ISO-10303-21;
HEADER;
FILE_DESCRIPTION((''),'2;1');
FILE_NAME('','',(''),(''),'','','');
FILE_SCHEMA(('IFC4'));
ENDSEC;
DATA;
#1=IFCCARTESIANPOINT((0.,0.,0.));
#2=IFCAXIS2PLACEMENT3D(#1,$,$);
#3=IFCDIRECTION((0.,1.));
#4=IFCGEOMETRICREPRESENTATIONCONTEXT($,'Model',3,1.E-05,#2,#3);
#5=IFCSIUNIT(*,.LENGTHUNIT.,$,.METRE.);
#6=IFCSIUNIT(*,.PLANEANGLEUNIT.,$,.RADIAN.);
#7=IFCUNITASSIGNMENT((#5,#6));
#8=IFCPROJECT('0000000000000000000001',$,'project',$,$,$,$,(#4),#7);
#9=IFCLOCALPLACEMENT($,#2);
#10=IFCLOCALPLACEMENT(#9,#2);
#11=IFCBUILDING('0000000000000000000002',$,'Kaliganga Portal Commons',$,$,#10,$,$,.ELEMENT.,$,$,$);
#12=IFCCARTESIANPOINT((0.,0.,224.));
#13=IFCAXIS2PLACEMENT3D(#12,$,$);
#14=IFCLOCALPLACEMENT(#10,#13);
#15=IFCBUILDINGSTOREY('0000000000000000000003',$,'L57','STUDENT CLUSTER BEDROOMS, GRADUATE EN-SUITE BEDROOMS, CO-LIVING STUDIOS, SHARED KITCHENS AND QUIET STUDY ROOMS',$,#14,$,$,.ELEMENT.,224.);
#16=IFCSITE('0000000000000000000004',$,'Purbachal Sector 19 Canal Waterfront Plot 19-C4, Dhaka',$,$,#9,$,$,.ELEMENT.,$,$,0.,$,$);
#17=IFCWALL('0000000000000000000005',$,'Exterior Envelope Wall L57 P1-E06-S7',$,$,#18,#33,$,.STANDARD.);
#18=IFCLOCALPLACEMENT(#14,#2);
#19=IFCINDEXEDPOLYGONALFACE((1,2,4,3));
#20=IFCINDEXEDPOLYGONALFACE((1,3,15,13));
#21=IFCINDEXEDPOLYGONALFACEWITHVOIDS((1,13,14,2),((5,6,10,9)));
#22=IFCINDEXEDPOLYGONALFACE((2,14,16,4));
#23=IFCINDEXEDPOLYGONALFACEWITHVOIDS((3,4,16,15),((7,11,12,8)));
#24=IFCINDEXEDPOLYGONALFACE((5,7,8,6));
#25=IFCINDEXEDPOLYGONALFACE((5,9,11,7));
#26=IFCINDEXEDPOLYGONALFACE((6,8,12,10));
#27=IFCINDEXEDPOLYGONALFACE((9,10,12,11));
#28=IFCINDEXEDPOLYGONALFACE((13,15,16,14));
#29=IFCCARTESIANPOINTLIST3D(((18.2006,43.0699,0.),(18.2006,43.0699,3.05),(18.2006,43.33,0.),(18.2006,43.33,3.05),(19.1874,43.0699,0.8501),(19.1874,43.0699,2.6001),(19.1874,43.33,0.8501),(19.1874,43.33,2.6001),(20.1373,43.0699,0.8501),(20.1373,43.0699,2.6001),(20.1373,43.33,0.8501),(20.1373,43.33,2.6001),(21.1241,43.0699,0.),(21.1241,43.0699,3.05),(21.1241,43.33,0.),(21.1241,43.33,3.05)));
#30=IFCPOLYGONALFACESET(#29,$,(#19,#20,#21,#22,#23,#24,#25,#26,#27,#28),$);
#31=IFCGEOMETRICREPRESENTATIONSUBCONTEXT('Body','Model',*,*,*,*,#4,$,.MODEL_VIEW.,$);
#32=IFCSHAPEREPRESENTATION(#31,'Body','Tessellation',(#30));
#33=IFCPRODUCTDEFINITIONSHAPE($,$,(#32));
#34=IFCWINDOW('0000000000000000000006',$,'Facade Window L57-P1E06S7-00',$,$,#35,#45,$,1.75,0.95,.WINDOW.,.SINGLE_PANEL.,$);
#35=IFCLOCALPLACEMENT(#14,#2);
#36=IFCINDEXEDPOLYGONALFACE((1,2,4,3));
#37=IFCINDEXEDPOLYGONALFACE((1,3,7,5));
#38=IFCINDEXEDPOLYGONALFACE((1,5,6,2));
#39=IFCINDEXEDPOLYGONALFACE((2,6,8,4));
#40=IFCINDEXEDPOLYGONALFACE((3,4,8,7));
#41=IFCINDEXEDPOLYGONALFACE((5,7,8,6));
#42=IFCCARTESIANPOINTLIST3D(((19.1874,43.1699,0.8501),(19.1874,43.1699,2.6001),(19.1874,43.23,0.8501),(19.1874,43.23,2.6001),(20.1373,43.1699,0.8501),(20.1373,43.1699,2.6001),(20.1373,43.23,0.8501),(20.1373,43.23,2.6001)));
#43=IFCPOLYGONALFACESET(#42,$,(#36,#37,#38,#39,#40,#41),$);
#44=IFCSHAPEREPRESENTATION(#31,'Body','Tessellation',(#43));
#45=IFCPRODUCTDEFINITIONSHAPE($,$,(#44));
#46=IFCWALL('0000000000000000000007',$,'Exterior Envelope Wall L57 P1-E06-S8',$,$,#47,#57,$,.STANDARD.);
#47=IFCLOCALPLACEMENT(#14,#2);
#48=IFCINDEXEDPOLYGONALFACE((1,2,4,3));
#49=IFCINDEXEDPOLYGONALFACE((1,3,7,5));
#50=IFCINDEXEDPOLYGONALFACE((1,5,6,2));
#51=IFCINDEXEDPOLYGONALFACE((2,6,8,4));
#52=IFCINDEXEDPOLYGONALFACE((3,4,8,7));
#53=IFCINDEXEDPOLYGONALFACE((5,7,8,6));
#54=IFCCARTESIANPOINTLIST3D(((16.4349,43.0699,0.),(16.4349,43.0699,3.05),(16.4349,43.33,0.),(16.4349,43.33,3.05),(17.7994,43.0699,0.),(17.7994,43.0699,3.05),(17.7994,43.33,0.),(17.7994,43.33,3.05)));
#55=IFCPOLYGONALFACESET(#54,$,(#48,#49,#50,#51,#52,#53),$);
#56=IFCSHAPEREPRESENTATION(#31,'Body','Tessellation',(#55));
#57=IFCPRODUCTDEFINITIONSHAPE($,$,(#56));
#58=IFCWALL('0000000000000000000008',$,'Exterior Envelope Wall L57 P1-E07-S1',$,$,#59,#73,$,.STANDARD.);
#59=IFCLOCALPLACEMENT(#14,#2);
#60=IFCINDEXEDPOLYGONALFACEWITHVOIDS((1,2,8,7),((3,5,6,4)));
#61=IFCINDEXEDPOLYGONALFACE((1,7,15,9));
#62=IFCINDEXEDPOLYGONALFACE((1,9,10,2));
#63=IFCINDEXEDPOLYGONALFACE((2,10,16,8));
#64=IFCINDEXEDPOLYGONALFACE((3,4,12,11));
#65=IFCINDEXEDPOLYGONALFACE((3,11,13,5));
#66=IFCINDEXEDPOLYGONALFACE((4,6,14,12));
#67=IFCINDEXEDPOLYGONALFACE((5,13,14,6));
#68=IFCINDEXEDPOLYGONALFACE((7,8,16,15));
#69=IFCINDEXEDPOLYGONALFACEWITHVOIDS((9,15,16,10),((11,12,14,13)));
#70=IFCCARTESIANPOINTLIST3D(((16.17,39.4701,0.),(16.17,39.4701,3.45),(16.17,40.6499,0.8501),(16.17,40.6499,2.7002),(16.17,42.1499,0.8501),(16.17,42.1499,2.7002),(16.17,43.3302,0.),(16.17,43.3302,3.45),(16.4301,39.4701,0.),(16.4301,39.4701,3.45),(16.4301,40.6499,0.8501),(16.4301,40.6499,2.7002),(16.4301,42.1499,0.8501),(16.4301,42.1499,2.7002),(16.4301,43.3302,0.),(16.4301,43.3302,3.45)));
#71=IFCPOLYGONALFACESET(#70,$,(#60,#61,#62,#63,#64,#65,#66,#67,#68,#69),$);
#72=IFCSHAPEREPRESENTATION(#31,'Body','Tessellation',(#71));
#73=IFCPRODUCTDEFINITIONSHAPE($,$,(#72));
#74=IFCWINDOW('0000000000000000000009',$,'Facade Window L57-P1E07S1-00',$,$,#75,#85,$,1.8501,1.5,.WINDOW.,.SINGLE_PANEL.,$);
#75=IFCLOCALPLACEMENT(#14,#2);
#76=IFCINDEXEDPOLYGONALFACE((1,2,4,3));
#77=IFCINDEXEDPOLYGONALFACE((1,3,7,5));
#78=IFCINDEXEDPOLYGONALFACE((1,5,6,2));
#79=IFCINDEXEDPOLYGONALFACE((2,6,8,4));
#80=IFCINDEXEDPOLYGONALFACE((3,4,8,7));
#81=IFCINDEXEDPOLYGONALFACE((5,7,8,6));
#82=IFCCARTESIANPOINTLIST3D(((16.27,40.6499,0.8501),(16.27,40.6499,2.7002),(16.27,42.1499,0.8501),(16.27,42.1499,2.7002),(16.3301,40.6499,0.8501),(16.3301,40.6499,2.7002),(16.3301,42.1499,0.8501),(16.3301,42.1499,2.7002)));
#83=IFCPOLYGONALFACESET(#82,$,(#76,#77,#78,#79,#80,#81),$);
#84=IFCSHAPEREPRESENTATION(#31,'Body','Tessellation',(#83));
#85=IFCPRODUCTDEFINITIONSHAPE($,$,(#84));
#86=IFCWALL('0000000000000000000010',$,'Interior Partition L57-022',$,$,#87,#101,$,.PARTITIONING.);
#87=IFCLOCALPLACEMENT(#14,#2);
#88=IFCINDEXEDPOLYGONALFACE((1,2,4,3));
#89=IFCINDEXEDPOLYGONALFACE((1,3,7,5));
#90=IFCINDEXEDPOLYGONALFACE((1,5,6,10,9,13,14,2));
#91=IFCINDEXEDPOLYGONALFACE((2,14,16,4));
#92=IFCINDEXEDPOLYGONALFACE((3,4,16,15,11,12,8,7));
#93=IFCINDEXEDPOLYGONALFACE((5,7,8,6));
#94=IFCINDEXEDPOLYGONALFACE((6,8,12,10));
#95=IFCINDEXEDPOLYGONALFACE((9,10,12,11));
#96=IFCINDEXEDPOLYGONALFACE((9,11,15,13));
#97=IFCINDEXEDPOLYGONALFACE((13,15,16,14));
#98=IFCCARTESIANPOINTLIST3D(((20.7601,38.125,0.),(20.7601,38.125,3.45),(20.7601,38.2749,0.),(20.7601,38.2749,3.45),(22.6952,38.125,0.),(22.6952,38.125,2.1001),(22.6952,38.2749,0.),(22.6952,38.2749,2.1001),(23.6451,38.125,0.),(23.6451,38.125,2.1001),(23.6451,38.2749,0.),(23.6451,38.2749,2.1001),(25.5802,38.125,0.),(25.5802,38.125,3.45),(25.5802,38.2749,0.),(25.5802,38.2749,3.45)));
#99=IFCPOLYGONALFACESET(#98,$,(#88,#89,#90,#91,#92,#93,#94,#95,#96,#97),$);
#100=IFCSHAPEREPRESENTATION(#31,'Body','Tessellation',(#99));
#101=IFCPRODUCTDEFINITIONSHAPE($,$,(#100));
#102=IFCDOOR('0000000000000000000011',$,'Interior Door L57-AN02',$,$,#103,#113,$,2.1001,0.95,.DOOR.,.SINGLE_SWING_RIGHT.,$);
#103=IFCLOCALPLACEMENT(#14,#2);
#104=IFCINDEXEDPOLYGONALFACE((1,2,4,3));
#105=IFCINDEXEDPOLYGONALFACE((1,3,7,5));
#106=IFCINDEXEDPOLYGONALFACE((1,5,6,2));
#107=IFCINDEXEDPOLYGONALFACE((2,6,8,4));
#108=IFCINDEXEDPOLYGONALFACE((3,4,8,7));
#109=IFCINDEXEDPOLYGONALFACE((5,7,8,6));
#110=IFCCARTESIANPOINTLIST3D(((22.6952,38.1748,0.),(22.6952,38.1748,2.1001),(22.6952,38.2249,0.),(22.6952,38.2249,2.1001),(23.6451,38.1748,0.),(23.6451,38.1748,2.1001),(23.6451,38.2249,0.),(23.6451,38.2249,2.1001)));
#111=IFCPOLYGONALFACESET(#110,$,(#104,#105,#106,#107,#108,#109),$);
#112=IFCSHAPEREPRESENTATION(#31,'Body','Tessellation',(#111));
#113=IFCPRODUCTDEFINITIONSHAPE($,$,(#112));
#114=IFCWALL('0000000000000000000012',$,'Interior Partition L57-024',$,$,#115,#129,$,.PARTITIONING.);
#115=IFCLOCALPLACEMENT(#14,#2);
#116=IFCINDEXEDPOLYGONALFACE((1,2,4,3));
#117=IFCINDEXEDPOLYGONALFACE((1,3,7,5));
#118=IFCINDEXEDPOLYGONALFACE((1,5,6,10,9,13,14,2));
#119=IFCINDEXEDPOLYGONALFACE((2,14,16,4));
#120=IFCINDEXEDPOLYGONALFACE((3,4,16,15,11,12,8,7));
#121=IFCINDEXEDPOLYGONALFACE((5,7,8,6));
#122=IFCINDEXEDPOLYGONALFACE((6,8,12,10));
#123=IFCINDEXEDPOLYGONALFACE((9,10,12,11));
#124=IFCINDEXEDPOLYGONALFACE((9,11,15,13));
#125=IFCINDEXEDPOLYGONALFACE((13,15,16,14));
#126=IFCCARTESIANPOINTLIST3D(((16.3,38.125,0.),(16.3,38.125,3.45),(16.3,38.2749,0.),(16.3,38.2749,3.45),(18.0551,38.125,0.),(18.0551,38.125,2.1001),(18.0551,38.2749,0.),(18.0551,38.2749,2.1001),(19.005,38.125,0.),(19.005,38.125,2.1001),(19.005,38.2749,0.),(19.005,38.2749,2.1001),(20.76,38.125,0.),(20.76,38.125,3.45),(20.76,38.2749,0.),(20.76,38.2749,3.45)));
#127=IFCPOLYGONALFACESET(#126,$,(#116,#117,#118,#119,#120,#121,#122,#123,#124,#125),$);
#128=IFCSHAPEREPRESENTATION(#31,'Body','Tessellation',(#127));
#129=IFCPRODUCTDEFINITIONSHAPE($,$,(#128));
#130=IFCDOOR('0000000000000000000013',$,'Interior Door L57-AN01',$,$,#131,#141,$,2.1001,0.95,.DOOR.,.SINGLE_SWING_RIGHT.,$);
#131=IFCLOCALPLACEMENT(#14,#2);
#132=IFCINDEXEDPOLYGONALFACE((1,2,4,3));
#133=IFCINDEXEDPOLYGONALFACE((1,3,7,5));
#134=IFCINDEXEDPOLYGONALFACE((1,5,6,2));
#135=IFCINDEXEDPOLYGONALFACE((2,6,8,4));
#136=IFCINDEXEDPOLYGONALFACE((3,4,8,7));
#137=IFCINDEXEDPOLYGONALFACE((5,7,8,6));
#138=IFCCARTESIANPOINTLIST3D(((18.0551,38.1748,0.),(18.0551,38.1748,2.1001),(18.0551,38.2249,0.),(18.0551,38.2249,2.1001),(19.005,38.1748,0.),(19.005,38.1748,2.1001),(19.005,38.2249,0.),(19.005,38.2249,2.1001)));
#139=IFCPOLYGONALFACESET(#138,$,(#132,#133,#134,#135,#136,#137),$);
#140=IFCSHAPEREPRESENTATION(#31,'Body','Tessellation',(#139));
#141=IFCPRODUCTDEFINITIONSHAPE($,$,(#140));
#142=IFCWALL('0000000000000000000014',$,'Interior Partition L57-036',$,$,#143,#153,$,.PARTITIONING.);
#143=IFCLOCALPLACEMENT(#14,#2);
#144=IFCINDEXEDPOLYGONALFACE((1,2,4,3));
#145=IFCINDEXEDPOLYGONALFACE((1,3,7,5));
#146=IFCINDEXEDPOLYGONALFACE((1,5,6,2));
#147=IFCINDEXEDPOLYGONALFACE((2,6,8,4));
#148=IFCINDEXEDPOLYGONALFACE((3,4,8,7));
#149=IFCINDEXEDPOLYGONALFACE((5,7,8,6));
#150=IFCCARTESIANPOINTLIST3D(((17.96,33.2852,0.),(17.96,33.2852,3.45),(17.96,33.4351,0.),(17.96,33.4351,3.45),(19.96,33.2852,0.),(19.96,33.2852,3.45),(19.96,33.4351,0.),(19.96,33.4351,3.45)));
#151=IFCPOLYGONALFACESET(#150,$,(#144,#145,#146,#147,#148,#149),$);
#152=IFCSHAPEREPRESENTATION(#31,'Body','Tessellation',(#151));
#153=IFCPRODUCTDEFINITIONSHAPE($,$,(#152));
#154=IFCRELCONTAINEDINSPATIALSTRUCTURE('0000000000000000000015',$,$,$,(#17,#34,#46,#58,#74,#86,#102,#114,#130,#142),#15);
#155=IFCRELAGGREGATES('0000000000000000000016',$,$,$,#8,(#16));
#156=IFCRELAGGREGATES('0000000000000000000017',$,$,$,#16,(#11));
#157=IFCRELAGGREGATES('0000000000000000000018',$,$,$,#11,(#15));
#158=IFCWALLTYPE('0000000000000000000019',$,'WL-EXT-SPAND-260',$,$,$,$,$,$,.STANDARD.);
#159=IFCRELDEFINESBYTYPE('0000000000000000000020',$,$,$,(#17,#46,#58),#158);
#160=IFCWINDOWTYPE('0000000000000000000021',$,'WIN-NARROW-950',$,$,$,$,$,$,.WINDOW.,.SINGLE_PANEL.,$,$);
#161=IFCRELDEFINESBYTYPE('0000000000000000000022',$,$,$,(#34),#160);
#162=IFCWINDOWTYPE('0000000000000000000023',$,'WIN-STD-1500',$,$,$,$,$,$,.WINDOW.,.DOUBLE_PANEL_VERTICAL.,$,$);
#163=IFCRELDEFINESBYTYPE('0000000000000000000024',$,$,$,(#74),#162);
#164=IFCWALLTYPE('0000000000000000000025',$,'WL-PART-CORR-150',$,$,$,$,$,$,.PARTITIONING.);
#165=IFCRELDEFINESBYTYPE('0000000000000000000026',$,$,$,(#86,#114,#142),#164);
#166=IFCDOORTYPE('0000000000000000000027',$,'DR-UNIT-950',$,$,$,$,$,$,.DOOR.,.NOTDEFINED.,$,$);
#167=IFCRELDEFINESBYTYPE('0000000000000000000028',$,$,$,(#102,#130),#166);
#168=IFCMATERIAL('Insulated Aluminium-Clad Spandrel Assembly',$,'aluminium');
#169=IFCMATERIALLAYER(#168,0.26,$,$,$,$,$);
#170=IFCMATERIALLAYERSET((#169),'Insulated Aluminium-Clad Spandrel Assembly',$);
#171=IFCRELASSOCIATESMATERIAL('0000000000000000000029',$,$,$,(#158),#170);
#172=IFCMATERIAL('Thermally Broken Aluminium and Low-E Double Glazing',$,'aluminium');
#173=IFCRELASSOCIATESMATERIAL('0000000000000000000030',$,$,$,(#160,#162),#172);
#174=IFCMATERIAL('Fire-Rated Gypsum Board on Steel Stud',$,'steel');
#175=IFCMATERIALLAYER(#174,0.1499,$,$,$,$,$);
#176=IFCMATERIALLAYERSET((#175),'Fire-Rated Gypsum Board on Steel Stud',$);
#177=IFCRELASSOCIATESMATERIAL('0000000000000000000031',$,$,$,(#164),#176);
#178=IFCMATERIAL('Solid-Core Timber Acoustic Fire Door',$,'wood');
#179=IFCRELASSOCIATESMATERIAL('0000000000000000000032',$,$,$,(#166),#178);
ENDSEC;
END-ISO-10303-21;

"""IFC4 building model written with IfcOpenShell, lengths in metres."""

from ifc_helpers import new_model, si_unit, direction, frame, frame_2d, origin, place, context, subcontext, project, spatial, rectangle, extrude, material, layer, layer_set, type_object, element, fill, save


model = new_model("IFC4")

# Units and contexts
model_context = context("Model", 3, precision=1e-05, world=origin(), true_north=direction((0.0, 1.0)))
body_context = subcontext(model_context, "Body", "Model", "MODEL_VIEW")
ifc_project = project(units=[si_unit("LENGTHUNIT", "METRE"), si_unit("PLANEANGLEUNIT", "RADIAN")], contexts=[model_context])

# Site, building, storey
site_placement = place(None, origin())
site = spatial("IfcSite", under=ifc_project, at=site_placement, Name="Purbachal Sector 19 Canal Waterfront Plot 19-C4, Dhaka", CompositionType="ELEMENT", RefElevation=0.0)
building_placement = place(site_placement, origin())
building = spatial("IfcBuilding", under=site, at=building_placement, Name="Kaliganga Portal Commons", CompositionType="ELEMENT")
storey_placement = place(building_placement, frame((0.0, 0.0, 224.0)))
storey = spatial("IfcBuildingStorey", under=building, at=storey_placement, Name="L57", Description="STUDENT CLUSTER BEDROOMS, GRADUATE EN-SUITE BEDROOMS, CO-LIVING STUDIOS, SHARED KITCHENS AND QUIET STUDY ROOMS", CompositionType="ELEMENT", Elevation=224.0)

# Wall, opening, window
ifc_material_1 = material(Name="Insulated Aluminium-Clad Spandrel Assembly", Category="aluminium")
ifc_layer_1 = layer(ifc_material_1, 0.26)
ifc_layer_set_1 = layer_set([ifc_layer_1], Name="Insulated Aluminium-Clad Spandrel Assembly")
wall_type_1 = type_object("IfcWallType", Name="WL-EXT-SPAND-260", PredefinedType="STANDARD", material=ifc_layer_set_1)
wall_1_placement = place(storey_placement, frame((18.2004, 43.2, 0.0), z_axis=(0.0, 0.0, 1.0), x_axis=(1.0, 0.0, 0.0)))
wall_1 = element("IfcWall", 1, at=wall_1_placement, inside=storey, type_object=wall_type_1, Name="Exterior Envelope Wall L57 P1-E06-S7", PredefinedType="STANDARD", context=body_context, shape_type="SweptSolid", body=[
    extrude(rectangle(XDim=2.9236, YDim=0.26, at=frame_2d((1.4619, 0.0))), origin(), (0.0, 0.0, 1.0), 3.05),
])
opening_1_placement = place(wall_1_placement, frame((0.9868, 0.0, 0.8501)))
opening_1 = element("IfcOpeningElement", 2, at=opening_1_placement, cuts=wall_1, PredefinedType="OPENING", context=body_context, shape_type="SweptSolid", body=[
    extrude(rectangle(XDim=0.95, YDim=1.75, at=frame_2d((0.4751, 0.875))), frame((0.0, 0.1401, 0.0), z_axis=(0.0, -1.0, 0.0), x_axis=(1.0, 0.0, 0.0)), (0.0, 0.0, 1.0), 0.28),
])
ifc_material_2 = material(Name="Thermally Broken Aluminium and Low-E Double Glazing", Category="aluminium")
window_type_1 = type_object("IfcWindowType", Name="WIN-NARROW-950", PartitioningType="SINGLE_PANEL", PredefinedType="WINDOW", material=ifc_material_2)
window_1_placement = place(opening_1_placement, origin())
window_1 = element("IfcWindow", 3, at=window_1_placement, inside=storey, type_object=window_type_1, Name="Facade Window L57-P1E06S7-00", OverallHeight=1.75, OverallWidth=0.95, PartitioningType="SINGLE_PANEL", PredefinedType="WINDOW", context=body_context, shape_type="SweptSolid", body=[
    extrude(rectangle(XDim=0.95, YDim=1.75, at=frame_2d((0.4751, 0.875))), frame((0.0, 0.03, 0.0), z_axis=(0.0, -1.0, 0.0), x_axis=(1.0, 0.0, 0.0)), (0.0, 0.0, 1.0), 0.0601),
])
fill(opening_1, window_1)

# Wall
wall_2_placement = place(storey_placement, frame((16.4351, 43.2, 0.0), z_axis=(0.0, 0.0, 1.0), x_axis=(1.0, 0.0, 0.0)))
element("IfcWall", 4, at=wall_2_placement, inside=storey, type_object=wall_type_1, Name="Exterior Envelope Wall L57 P1-E06-S8", PredefinedType="STANDARD", context=body_context, shape_type="SweptSolid", body=[
    extrude(rectangle(XDim=1.3645, YDim=0.26, at=frame_2d((0.6821, 0.0))), origin(), (0.0, 0.0, 1.0), 3.05),
])

# Wall, opening, window
wall_3_placement = place(storey_placement, frame((16.3, 39.47, 0.0), z_axis=(0.0, 0.0, 1.0), x_axis=(0.0, 1.0, 0.0)))
wall_3 = element("IfcWall", 5, at=wall_3_placement, inside=storey, type_object=wall_type_1, Name="Exterior Envelope Wall L57 P1-E07-S1", PredefinedType="STANDARD", context=body_context, shape_type="SweptSolid", body=[
    extrude(rectangle(XDim=3.8601, YDim=0.26, at=frame_2d((1.9302, 0.0))), origin(), (0.0, 0.0, 1.0), 3.45),
])
opening_2_placement = place(wall_3_placement, frame((1.1799, 0.0, 0.8501)))
opening_2 = element("IfcOpeningElement", 6, at=opening_2_placement, cuts=wall_3, PredefinedType="OPENING", context=body_context, shape_type="SweptSolid", body=[
    extrude(rectangle(XDim=1.5, YDim=1.8501, at=frame_2d((0.75, 0.925))), frame((0.0, 0.1401, 0.0), z_axis=(0.0, -1.0, 0.0), x_axis=(1.0, 0.0, 0.0)), (0.0, 0.0, 1.0), 0.28),
])
window_type_2 = type_object("IfcWindowType", Name="WIN-STD-1500", PartitioningType="DOUBLE_PANEL_VERTICAL", PredefinedType="WINDOW", material=ifc_material_2)
window_2_placement = place(opening_2_placement, origin())
window_2 = element("IfcWindow", 7, at=window_2_placement, inside=storey, type_object=window_type_2, Name="Facade Window L57-P1E07S1-00", OverallHeight=1.8501, OverallWidth=1.5, PartitioningType="SINGLE_PANEL", PredefinedType="WINDOW", context=body_context, shape_type="SweptSolid", body=[
    extrude(rectangle(XDim=1.5, YDim=1.8501, at=frame_2d((0.75, 0.925))), frame((0.0, 0.03, 0.0), z_axis=(0.0, -1.0, 0.0), x_axis=(1.0, 0.0, 0.0)), (0.0, 0.0, 1.0), 0.0601),
])
fill(opening_2, window_2)

# Walls, openings, doors
ifc_material_3 = material(Name="Fire-Rated Gypsum Board on Steel Stud", Category="steel")
ifc_layer_2 = layer(ifc_material_3, 0.1499)
ifc_layer_set_2 = layer_set([ifc_layer_2], Name="Fire-Rated Gypsum Board on Steel Stud")
wall_type_2 = type_object("IfcWallType", Name="WL-PART-CORR-150", PredefinedType="PARTITIONING", material=ifc_layer_set_2)
wall_4_placement = place(storey_placement, frame((20.76, 38.2, 0.0), z_axis=(0.0, 0.0, 1.0), x_axis=(1.0, 0.0, 0.0)))
wall_4 = element("IfcWall", 8, at=wall_4_placement, inside=storey, type_object=wall_type_2, Name="Interior Partition L57-022", PredefinedType="PARTITIONING", context=body_context, shape_type="SweptSolid", body=[
    extrude(rectangle(XDim=4.8201, YDim=0.1499, at=frame_2d((2.4102, 0.0))), origin(), (0.0, 0.0, 1.0), 3.45),
])
opening_3_placement = place(wall_4_placement, frame((1.9351, 0.0, 0.0)))
opening_3 = element("IfcOpeningElement", 9, at=opening_3_placement, cuts=wall_4, PredefinedType="OPENING", context=body_context, shape_type="SweptSolid", body=[
    extrude(rectangle(XDim=0.95, YDim=2.1001, at=frame_2d((0.4751, 1.05))), frame((0.0, 0.085, 0.0), z_axis=(0.0, -1.0, 0.0), x_axis=(1.0, 0.0, 0.0)), (0.0, 0.0, 1.0), 0.1699),
])
ifc_material_4 = material(Name="Solid-Core Timber Acoustic Fire Door", Category="wood")
door_type_1 = type_object("IfcDoorType", Name="DR-UNIT-950", OperationType="NOTDEFINED", PredefinedType="DOOR", material=ifc_material_4)
door_1_placement = place(opening_3_placement, origin())
door_1 = element("IfcDoor", 10, at=door_1_placement, inside=storey, type_object=door_type_1, Name="Interior Door L57-AN02", OperationType="SINGLE_SWING_RIGHT", OverallHeight=2.1001, OverallWidth=0.95, PredefinedType="DOOR", context=body_context, shape_type="SweptSolid", body=[
    extrude(rectangle(XDim=0.95, YDim=2.1001, at=frame_2d((0.4751, 1.05))), frame((0.0, 0.0249, 0.0), z_axis=(0.0, -1.0, 0.0), x_axis=(1.0, 0.0, 0.0)), (0.0, 0.0, 1.0), 0.05),
])
fill(opening_3, door_1)
wall_5_placement = place(storey_placement, frame((16.3, 38.2, 0.0), z_axis=(0.0, 0.0, 1.0), x_axis=(1.0, 0.0, 0.0)))
wall_5 = element("IfcWall", 11, at=wall_5_placement, inside=storey, type_object=wall_type_2, Name="Interior Partition L57-024", PredefinedType="PARTITIONING", context=body_context, shape_type="SweptSolid", body=[
    extrude(rectangle(XDim=4.46, YDim=0.1499, at=frame_2d((2.23, 0.0))), origin(), (0.0, 0.0, 1.0), 3.45),
])
opening_4_placement = place(wall_5_placement, frame((1.7549, 0.0, 0.0)))
opening_4 = element("IfcOpeningElement", 12, at=opening_4_placement, cuts=wall_5, PredefinedType="OPENING", context=body_context, shape_type="SweptSolid", body=[
    extrude(rectangle(XDim=0.95, YDim=2.1001, at=frame_2d((0.4751, 1.05))), frame((0.0, 0.085, 0.0), z_axis=(0.0, -1.0, 0.0), x_axis=(1.0, 0.0, 0.0)), (0.0, 0.0, 1.0), 0.1699),
])
door_2_placement = place(opening_4_placement, origin())
door_2 = element("IfcDoor", 13, at=door_2_placement, inside=storey, type_object=door_type_1, Name="Interior Door L57-AN01", OperationType="SINGLE_SWING_RIGHT", OverallHeight=2.1001, OverallWidth=0.95, PredefinedType="DOOR", context=body_context, shape_type="SweptSolid", body=[
    extrude(rectangle(XDim=0.95, YDim=2.1001, at=frame_2d((0.4751, 1.05))), frame((0.0, 0.0249, 0.0), z_axis=(0.0, -1.0, 0.0), x_axis=(1.0, 0.0, 0.0)), (0.0, 0.0, 1.0), 0.05),
])
fill(opening_4, door_2)

# Wall
wall_6_placement = place(storey_placement, frame((17.96, 33.3601, 0.0), z_axis=(0.0, 0.0, 1.0), x_axis=(1.0, 0.0, 0.0)))
element("IfcWall", 14, at=wall_6_placement, inside=storey, type_object=wall_type_2, Name="Interior Partition L57-036", PredefinedType="PARTITIONING", context=body_context, shape_type="SweptSolid", body=[
    extrude(rectangle(XDim=2.0, YDim=0.1499, at=frame_2d((1.0, 0.0))), origin(), (0.0, 0.0, 1.0), 3.45),
])

save(model, "model.ifc")
